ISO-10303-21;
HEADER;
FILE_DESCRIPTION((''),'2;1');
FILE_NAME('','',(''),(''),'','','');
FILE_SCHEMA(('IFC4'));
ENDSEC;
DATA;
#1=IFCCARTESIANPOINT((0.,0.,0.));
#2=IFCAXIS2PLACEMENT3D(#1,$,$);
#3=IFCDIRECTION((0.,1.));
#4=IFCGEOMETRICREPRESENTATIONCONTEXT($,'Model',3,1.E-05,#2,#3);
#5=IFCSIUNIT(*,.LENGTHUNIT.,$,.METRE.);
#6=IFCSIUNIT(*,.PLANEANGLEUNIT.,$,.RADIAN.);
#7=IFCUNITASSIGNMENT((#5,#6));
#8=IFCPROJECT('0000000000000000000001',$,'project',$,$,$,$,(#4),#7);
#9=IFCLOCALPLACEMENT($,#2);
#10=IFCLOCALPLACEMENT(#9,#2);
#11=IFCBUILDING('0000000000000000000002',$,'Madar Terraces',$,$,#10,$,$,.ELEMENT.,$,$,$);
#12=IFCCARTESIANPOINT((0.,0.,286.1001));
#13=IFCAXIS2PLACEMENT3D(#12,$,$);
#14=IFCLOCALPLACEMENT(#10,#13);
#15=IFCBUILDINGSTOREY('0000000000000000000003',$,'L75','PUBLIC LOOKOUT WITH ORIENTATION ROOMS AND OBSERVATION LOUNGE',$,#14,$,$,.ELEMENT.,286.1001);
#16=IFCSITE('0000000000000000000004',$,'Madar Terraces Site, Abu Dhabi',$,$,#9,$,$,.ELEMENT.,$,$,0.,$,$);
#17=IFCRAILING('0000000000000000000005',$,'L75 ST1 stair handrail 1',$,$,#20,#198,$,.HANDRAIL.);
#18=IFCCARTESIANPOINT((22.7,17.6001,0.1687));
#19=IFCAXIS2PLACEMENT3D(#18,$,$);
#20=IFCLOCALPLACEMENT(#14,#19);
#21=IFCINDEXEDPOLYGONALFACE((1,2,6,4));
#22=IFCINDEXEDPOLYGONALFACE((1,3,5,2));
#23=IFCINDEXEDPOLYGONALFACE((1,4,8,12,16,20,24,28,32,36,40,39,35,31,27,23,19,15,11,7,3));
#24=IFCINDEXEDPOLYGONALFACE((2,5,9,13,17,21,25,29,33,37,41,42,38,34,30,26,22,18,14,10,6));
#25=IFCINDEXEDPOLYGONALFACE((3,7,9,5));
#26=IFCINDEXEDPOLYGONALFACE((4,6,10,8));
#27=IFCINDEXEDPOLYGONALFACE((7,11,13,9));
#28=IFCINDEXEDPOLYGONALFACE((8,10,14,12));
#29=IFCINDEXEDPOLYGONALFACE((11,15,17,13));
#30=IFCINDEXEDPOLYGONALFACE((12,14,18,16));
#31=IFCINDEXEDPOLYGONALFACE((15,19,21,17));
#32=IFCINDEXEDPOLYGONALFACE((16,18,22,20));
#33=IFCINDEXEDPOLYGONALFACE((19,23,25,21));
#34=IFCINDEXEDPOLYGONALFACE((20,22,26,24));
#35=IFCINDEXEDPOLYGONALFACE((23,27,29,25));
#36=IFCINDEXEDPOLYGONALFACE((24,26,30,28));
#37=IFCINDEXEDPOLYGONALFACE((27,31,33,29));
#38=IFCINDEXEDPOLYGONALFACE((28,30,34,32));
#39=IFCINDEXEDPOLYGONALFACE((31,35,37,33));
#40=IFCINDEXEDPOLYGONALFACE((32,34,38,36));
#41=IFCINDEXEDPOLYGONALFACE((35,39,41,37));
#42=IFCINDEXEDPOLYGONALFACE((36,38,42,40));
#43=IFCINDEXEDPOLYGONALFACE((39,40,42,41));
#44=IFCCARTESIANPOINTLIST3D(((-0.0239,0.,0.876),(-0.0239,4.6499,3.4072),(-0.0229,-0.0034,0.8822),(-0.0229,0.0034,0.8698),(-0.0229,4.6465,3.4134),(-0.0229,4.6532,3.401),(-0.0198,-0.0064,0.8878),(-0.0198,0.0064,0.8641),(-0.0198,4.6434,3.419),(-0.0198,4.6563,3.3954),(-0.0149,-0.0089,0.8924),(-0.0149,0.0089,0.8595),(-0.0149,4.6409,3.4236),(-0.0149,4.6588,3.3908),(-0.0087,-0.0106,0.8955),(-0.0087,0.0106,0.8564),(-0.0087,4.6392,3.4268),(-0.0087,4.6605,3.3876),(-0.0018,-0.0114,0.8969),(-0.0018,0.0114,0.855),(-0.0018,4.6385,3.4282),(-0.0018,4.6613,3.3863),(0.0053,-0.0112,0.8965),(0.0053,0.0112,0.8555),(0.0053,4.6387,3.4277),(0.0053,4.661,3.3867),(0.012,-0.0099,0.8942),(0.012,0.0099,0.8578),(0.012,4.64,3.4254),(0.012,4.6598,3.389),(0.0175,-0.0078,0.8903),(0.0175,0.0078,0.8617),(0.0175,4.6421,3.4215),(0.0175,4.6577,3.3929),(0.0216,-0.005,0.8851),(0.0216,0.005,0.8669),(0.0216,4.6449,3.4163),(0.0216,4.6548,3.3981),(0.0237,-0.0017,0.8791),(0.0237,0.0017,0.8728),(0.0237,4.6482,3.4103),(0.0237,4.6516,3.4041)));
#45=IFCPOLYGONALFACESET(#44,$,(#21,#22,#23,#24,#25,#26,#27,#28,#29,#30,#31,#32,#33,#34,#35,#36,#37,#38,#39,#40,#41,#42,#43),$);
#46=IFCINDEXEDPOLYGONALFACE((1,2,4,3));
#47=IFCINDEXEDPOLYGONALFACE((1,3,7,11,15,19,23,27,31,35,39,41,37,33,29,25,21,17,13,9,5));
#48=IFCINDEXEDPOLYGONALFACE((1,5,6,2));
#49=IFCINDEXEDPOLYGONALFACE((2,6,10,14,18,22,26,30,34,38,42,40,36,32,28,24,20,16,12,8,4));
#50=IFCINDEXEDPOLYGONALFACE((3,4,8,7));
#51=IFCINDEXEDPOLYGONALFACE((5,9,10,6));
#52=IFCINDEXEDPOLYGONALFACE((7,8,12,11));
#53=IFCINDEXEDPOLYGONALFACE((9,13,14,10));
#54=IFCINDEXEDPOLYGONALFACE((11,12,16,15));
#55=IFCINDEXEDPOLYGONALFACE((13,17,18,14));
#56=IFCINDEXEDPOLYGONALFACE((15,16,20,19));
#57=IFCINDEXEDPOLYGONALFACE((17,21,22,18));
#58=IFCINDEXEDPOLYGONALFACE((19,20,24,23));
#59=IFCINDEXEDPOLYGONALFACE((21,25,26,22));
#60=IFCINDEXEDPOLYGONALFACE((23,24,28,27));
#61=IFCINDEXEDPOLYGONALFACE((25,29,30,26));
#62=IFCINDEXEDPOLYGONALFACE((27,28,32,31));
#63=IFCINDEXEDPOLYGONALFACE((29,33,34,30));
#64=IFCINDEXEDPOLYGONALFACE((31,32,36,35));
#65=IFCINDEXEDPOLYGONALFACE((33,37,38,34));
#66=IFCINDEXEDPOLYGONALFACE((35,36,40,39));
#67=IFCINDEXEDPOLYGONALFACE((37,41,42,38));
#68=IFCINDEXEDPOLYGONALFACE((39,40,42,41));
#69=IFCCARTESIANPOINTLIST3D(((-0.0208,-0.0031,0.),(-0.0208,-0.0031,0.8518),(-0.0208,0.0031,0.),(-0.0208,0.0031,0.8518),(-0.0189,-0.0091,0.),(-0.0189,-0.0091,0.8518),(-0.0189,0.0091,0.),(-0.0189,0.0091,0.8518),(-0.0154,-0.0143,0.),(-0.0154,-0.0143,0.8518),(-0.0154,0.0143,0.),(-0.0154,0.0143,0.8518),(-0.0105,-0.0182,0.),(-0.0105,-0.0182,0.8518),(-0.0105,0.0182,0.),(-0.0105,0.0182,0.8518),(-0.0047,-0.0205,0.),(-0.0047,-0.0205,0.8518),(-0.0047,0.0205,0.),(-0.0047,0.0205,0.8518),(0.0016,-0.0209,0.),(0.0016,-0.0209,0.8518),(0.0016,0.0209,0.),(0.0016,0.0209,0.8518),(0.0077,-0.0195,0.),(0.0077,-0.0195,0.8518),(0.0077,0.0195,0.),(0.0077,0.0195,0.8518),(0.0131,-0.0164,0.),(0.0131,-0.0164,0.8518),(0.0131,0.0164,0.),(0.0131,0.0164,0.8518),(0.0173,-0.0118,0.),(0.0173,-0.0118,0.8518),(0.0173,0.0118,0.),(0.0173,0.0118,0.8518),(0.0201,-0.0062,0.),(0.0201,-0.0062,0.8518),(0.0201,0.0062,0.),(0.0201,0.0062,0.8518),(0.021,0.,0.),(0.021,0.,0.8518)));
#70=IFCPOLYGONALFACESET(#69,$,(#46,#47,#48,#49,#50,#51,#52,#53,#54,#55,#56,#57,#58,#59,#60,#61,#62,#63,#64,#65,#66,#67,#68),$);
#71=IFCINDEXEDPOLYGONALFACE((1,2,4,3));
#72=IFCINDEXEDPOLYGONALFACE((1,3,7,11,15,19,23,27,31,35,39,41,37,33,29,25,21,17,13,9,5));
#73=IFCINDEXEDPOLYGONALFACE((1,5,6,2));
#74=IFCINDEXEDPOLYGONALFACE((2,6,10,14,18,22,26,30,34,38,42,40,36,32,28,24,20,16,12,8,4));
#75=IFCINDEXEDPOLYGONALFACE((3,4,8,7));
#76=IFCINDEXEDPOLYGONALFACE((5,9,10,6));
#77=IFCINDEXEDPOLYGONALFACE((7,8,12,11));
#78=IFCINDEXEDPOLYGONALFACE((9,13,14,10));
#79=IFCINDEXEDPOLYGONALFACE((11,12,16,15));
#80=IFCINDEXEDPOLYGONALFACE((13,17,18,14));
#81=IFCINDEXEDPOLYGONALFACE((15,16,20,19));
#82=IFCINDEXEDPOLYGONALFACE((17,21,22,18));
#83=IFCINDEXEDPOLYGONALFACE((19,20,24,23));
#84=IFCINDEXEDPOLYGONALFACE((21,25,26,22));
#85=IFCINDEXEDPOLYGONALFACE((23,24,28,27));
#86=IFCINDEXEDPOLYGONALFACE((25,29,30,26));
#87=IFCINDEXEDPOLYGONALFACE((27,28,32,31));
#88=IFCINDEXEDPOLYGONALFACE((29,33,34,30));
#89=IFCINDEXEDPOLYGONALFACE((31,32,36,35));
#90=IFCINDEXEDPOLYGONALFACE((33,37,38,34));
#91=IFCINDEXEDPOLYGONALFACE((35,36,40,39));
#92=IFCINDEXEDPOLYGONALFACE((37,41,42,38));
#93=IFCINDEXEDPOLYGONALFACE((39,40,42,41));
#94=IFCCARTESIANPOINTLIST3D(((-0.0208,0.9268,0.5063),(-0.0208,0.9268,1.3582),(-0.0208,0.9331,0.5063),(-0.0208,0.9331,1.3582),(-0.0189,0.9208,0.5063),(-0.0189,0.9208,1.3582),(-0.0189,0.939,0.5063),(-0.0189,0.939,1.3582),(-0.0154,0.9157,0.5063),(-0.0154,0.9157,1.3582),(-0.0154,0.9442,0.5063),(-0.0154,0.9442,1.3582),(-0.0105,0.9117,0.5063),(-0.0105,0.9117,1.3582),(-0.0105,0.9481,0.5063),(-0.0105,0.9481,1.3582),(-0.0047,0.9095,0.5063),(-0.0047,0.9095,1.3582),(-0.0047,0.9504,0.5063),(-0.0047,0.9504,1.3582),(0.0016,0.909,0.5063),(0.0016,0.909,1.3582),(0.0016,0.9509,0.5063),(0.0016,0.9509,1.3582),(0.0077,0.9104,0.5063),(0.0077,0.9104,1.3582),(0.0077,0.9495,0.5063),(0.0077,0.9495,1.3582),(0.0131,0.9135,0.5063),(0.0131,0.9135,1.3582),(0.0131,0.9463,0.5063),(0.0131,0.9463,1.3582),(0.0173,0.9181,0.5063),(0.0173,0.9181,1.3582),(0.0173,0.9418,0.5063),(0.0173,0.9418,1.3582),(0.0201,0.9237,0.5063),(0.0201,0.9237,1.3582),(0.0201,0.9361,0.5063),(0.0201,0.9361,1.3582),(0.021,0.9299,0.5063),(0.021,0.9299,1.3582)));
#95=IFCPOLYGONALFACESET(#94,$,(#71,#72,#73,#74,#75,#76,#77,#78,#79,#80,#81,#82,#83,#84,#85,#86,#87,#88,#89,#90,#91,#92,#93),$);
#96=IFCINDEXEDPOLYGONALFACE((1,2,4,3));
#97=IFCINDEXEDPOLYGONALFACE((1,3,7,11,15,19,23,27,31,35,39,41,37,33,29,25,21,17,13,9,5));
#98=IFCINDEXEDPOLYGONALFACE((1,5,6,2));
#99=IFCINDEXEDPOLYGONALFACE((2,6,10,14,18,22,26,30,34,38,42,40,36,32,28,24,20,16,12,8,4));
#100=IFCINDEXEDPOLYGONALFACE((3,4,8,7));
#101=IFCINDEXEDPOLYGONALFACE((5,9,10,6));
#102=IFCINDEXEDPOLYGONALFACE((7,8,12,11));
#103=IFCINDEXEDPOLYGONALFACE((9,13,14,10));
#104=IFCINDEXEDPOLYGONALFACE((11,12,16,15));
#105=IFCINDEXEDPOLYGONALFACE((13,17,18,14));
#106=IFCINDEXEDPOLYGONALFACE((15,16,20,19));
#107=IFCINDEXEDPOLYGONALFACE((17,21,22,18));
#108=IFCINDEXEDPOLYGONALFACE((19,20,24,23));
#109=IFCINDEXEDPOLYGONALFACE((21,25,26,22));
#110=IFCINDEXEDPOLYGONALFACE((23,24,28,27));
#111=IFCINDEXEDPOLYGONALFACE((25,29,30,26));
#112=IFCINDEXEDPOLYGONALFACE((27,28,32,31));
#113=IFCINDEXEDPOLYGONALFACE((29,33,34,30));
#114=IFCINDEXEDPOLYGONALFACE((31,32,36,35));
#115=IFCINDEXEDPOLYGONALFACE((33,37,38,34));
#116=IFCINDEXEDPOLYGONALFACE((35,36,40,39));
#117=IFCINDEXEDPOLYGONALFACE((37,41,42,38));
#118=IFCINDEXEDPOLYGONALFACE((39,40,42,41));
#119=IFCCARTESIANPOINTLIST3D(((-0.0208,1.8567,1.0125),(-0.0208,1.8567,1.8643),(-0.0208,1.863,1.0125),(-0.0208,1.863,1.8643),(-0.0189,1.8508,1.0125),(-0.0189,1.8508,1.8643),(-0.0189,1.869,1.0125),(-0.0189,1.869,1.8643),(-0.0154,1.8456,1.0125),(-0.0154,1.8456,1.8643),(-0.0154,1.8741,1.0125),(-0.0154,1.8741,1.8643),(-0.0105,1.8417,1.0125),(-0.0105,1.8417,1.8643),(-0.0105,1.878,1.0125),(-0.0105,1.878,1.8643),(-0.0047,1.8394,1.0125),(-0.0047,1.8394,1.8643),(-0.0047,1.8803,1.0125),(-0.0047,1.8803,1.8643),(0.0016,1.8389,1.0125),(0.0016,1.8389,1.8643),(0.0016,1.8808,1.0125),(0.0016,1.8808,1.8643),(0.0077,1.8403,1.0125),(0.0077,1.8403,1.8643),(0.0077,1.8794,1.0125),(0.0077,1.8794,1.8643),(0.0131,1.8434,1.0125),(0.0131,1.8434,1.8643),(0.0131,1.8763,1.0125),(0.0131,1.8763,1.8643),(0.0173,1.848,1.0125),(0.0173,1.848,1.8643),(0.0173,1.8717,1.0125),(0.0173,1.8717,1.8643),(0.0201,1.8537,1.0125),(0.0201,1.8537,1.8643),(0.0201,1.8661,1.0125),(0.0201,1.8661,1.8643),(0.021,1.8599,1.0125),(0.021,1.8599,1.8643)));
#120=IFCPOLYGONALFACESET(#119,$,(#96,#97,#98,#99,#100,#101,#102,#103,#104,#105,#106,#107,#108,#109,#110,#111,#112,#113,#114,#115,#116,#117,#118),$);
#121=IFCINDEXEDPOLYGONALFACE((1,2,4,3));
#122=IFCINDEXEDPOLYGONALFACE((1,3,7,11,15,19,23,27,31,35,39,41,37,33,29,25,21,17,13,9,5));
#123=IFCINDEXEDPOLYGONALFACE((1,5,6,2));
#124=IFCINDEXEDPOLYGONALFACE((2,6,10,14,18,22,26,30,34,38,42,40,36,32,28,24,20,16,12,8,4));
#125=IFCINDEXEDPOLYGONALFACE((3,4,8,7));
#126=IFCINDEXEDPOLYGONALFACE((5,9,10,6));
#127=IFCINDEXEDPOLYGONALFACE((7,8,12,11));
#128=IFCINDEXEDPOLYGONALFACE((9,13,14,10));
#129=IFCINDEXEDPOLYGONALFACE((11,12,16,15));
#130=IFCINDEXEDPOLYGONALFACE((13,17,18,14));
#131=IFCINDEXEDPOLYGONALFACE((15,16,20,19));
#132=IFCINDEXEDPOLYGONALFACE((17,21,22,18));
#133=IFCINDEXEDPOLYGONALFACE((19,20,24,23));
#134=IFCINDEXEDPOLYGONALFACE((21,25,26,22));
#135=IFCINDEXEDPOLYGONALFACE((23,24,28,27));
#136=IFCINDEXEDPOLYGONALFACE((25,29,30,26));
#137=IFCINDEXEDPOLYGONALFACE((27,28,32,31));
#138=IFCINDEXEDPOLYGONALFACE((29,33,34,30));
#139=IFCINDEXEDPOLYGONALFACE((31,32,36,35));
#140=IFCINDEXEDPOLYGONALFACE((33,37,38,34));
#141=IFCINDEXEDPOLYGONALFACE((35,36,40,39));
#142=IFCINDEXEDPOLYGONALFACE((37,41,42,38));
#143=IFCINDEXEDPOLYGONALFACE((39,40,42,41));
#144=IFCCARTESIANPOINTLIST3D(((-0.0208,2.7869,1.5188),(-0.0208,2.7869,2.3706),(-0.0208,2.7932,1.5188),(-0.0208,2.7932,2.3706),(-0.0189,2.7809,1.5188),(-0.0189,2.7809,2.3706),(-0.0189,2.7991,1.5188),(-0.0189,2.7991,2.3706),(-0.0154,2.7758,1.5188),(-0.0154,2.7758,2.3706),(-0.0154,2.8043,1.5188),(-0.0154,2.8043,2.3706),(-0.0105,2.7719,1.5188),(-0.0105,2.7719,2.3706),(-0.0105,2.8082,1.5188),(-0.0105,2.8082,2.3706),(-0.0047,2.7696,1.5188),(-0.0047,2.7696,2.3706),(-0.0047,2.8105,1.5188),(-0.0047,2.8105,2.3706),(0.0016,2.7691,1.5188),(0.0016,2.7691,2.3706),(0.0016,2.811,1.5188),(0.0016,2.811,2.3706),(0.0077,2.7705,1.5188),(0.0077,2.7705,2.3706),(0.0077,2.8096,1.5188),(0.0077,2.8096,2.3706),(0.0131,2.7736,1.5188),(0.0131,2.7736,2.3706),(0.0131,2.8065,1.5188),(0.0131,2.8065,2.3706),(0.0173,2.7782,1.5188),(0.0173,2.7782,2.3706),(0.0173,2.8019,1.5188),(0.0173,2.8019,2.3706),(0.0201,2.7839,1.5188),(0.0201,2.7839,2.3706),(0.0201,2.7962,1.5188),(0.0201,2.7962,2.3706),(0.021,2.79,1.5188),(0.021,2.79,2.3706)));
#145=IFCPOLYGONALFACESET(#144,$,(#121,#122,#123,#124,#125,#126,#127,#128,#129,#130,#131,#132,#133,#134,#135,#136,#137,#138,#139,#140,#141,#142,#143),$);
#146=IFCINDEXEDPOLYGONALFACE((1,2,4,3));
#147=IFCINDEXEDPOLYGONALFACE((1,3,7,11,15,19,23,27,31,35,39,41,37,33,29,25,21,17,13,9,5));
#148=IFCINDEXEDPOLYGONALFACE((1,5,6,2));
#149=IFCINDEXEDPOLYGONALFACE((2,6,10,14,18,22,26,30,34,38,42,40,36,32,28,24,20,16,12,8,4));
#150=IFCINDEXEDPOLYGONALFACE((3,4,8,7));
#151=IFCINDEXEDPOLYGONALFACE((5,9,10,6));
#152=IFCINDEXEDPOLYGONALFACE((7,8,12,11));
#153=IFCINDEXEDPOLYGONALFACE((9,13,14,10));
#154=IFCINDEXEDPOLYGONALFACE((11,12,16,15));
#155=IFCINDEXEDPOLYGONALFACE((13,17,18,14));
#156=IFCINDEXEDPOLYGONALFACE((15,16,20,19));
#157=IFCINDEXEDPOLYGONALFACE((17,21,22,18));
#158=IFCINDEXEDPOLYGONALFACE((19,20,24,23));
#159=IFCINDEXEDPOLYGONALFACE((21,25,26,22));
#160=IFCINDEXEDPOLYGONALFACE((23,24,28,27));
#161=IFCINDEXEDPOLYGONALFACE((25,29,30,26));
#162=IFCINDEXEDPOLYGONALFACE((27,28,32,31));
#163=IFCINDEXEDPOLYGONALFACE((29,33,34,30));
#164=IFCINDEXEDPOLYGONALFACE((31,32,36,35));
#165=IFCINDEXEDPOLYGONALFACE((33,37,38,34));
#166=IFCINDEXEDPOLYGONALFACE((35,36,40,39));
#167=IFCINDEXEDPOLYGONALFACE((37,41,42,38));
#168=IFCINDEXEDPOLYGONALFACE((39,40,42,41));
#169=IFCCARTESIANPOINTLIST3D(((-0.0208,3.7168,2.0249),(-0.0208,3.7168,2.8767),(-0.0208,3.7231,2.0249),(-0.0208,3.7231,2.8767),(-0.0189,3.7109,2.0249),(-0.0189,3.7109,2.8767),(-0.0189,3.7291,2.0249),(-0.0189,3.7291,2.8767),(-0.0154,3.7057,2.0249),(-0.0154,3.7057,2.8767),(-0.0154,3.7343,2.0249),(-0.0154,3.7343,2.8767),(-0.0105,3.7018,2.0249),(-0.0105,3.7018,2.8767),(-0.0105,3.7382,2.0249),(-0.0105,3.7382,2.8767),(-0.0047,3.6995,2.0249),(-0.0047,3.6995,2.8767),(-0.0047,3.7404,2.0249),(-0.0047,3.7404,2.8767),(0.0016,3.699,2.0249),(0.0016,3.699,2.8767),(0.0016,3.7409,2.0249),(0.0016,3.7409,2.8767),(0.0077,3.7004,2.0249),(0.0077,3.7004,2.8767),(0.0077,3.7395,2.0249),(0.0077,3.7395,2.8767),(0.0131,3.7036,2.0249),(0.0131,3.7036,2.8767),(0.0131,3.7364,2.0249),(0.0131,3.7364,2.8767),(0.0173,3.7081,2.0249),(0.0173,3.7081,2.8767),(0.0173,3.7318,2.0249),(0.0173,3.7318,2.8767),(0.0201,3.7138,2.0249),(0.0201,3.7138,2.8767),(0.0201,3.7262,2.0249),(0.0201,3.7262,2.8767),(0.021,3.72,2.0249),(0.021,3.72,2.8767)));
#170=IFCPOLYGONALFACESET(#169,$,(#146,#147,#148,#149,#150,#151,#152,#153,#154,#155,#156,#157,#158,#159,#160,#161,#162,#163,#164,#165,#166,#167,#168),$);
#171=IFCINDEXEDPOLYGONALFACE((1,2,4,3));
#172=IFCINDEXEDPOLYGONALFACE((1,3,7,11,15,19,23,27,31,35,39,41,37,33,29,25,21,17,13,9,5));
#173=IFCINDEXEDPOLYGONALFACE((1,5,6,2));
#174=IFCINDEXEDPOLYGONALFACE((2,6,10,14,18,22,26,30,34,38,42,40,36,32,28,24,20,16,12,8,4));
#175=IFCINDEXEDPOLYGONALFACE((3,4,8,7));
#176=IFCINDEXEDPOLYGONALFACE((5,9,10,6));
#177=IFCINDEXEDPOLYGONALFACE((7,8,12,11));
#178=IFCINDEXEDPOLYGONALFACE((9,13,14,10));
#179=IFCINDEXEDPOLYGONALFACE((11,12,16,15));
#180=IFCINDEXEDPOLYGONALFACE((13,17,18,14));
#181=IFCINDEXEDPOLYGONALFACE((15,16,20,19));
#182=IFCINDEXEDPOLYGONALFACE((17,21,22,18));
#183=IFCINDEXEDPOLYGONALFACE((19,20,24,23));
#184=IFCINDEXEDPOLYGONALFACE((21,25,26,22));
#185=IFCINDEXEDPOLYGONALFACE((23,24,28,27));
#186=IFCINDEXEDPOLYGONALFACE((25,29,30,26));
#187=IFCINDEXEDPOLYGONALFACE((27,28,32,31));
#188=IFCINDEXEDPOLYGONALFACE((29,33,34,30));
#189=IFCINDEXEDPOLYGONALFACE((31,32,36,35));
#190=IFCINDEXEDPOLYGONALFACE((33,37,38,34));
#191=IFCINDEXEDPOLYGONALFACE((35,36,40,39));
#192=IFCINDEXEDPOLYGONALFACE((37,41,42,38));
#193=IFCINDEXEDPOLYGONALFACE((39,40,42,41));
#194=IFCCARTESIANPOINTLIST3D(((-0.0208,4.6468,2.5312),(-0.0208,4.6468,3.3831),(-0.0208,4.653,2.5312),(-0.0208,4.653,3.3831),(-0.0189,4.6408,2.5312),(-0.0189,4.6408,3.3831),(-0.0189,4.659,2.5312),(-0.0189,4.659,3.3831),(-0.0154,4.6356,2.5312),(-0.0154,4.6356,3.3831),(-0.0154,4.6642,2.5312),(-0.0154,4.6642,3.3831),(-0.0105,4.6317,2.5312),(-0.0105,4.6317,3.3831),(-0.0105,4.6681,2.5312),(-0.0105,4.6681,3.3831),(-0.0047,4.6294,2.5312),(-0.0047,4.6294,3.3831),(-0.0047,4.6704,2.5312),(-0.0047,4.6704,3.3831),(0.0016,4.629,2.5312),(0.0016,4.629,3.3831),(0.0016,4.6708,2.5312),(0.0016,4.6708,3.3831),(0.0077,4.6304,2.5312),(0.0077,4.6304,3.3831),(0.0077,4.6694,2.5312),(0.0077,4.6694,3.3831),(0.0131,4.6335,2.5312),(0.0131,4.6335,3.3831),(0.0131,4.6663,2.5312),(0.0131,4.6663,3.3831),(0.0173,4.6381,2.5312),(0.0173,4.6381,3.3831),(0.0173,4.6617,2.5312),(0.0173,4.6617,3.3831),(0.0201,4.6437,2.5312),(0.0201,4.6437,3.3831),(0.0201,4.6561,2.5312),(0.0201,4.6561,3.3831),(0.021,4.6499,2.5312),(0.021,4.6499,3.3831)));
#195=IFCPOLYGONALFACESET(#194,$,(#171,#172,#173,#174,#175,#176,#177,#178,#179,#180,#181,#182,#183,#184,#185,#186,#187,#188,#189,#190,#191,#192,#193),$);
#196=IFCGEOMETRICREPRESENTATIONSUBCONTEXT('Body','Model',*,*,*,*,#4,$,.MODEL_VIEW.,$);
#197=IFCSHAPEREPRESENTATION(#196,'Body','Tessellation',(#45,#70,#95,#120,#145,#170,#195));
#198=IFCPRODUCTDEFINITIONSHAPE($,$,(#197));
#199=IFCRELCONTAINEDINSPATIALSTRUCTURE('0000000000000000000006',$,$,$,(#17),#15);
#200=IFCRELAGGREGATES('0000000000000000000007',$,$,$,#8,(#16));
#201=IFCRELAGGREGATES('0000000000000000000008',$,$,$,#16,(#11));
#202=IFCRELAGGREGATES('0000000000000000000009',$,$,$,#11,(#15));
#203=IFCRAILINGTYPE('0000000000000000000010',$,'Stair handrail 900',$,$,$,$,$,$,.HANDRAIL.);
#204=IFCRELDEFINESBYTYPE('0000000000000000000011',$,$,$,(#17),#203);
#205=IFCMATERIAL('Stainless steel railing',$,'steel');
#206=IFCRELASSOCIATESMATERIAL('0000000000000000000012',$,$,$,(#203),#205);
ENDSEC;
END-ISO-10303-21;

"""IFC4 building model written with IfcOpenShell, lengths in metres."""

from ifc_helpers import new_model, si_unit, direction, frame, origin, origin_2d, place, context, subcontext, project, spatial, circle, extrude, material, type_object, element, save


model = new_model("IFC4")

# Units and contexts
model_context = context("Model", 3, precision=1e-05, world=origin(), true_north=direction((0.0, 1.0)))
body_context = subcontext(model_context, "Body", "Model", "MODEL_VIEW")
ifc_project = project(units=[si_unit("LENGTHUNIT", "METRE"), si_unit("PLANEANGLEUNIT", "RADIAN")], contexts=[model_context])

# Site, building, storey
site_placement = place(None, origin())
site = spatial("IfcSite", under=ifc_project, at=site_placement, Name="Madar Terraces Site, Abu Dhabi", CompositionType="ELEMENT", RefElevation=0.0)
building_placement = place(site_placement, origin())
building = spatial("IfcBuilding", under=site, at=building_placement, Name="Madar Terraces", CompositionType="ELEMENT")
storey_placement = place(building_placement, frame((0.0, 0.0, 286.1001)))
storey = spatial("IfcBuildingStorey", under=building, at=storey_placement, Name="L75", Description="PUBLIC LOOKOUT WITH ORIENTATION ROOMS AND OBSERVATION LOUNGE", CompositionType="ELEMENT", Elevation=286.1001)

# Railing
ifc_material_1 = material(Name="Stainless steel railing", Category="steel")
railing_type_1 = type_object("IfcRailingType", Name="Stair handrail 900", PredefinedType="HANDRAIL", material=ifc_material_1)
railing_1_placement = place(storey_placement, frame((22.7, 17.6001, 0.1687)))
element("IfcRailing", 1, at=railing_1_placement, inside=storey, type_object=railing_type_1, Name="L75 ST1 stair handrail 1", PredefinedType="HANDRAIL", context=body_context, shape_type="SweptSolid", body=[
    extrude(circle(Radius=0.0239, at=origin_2d()), frame((0.0, 0.0, 0.876), z_axis=(0.0, 0.878297, 0.478115), x_axis=(-1.0, 0.0, 0.0)), (0.0, 0.0, 1.0), 5.2942),
    extrude(circle(Radius=0.021, at=origin_2d()), origin(), (0.0, 0.0, 1.0), 0.8518),
    extrude(circle(Radius=0.021, at=origin_2d()), frame((0.0, 0.9299, 0.5063)), (0.0, 0.0, 1.0), 0.8518),
    extrude(circle(Radius=0.021, at=origin_2d()), frame((0.0, 1.8599, 1.0125)), (0.0, 0.0, 1.0), 0.8518),
    extrude(circle(Radius=0.021, at=origin_2d()), frame((0.0, 2.79, 1.5188)), (0.0, 0.0, 1.0), 0.8518),
    extrude(circle(Radius=0.021, at=origin_2d()), frame((0.0, 3.72, 2.0249)), (0.0, 0.0, 1.0), 0.8518),
    extrude(circle(Radius=0.021, at=origin_2d()), frame((0.0, 4.6499, 2.5312)), (0.0, 0.0, 1.0), 0.8518),
])

save(model, "model.ifc")
